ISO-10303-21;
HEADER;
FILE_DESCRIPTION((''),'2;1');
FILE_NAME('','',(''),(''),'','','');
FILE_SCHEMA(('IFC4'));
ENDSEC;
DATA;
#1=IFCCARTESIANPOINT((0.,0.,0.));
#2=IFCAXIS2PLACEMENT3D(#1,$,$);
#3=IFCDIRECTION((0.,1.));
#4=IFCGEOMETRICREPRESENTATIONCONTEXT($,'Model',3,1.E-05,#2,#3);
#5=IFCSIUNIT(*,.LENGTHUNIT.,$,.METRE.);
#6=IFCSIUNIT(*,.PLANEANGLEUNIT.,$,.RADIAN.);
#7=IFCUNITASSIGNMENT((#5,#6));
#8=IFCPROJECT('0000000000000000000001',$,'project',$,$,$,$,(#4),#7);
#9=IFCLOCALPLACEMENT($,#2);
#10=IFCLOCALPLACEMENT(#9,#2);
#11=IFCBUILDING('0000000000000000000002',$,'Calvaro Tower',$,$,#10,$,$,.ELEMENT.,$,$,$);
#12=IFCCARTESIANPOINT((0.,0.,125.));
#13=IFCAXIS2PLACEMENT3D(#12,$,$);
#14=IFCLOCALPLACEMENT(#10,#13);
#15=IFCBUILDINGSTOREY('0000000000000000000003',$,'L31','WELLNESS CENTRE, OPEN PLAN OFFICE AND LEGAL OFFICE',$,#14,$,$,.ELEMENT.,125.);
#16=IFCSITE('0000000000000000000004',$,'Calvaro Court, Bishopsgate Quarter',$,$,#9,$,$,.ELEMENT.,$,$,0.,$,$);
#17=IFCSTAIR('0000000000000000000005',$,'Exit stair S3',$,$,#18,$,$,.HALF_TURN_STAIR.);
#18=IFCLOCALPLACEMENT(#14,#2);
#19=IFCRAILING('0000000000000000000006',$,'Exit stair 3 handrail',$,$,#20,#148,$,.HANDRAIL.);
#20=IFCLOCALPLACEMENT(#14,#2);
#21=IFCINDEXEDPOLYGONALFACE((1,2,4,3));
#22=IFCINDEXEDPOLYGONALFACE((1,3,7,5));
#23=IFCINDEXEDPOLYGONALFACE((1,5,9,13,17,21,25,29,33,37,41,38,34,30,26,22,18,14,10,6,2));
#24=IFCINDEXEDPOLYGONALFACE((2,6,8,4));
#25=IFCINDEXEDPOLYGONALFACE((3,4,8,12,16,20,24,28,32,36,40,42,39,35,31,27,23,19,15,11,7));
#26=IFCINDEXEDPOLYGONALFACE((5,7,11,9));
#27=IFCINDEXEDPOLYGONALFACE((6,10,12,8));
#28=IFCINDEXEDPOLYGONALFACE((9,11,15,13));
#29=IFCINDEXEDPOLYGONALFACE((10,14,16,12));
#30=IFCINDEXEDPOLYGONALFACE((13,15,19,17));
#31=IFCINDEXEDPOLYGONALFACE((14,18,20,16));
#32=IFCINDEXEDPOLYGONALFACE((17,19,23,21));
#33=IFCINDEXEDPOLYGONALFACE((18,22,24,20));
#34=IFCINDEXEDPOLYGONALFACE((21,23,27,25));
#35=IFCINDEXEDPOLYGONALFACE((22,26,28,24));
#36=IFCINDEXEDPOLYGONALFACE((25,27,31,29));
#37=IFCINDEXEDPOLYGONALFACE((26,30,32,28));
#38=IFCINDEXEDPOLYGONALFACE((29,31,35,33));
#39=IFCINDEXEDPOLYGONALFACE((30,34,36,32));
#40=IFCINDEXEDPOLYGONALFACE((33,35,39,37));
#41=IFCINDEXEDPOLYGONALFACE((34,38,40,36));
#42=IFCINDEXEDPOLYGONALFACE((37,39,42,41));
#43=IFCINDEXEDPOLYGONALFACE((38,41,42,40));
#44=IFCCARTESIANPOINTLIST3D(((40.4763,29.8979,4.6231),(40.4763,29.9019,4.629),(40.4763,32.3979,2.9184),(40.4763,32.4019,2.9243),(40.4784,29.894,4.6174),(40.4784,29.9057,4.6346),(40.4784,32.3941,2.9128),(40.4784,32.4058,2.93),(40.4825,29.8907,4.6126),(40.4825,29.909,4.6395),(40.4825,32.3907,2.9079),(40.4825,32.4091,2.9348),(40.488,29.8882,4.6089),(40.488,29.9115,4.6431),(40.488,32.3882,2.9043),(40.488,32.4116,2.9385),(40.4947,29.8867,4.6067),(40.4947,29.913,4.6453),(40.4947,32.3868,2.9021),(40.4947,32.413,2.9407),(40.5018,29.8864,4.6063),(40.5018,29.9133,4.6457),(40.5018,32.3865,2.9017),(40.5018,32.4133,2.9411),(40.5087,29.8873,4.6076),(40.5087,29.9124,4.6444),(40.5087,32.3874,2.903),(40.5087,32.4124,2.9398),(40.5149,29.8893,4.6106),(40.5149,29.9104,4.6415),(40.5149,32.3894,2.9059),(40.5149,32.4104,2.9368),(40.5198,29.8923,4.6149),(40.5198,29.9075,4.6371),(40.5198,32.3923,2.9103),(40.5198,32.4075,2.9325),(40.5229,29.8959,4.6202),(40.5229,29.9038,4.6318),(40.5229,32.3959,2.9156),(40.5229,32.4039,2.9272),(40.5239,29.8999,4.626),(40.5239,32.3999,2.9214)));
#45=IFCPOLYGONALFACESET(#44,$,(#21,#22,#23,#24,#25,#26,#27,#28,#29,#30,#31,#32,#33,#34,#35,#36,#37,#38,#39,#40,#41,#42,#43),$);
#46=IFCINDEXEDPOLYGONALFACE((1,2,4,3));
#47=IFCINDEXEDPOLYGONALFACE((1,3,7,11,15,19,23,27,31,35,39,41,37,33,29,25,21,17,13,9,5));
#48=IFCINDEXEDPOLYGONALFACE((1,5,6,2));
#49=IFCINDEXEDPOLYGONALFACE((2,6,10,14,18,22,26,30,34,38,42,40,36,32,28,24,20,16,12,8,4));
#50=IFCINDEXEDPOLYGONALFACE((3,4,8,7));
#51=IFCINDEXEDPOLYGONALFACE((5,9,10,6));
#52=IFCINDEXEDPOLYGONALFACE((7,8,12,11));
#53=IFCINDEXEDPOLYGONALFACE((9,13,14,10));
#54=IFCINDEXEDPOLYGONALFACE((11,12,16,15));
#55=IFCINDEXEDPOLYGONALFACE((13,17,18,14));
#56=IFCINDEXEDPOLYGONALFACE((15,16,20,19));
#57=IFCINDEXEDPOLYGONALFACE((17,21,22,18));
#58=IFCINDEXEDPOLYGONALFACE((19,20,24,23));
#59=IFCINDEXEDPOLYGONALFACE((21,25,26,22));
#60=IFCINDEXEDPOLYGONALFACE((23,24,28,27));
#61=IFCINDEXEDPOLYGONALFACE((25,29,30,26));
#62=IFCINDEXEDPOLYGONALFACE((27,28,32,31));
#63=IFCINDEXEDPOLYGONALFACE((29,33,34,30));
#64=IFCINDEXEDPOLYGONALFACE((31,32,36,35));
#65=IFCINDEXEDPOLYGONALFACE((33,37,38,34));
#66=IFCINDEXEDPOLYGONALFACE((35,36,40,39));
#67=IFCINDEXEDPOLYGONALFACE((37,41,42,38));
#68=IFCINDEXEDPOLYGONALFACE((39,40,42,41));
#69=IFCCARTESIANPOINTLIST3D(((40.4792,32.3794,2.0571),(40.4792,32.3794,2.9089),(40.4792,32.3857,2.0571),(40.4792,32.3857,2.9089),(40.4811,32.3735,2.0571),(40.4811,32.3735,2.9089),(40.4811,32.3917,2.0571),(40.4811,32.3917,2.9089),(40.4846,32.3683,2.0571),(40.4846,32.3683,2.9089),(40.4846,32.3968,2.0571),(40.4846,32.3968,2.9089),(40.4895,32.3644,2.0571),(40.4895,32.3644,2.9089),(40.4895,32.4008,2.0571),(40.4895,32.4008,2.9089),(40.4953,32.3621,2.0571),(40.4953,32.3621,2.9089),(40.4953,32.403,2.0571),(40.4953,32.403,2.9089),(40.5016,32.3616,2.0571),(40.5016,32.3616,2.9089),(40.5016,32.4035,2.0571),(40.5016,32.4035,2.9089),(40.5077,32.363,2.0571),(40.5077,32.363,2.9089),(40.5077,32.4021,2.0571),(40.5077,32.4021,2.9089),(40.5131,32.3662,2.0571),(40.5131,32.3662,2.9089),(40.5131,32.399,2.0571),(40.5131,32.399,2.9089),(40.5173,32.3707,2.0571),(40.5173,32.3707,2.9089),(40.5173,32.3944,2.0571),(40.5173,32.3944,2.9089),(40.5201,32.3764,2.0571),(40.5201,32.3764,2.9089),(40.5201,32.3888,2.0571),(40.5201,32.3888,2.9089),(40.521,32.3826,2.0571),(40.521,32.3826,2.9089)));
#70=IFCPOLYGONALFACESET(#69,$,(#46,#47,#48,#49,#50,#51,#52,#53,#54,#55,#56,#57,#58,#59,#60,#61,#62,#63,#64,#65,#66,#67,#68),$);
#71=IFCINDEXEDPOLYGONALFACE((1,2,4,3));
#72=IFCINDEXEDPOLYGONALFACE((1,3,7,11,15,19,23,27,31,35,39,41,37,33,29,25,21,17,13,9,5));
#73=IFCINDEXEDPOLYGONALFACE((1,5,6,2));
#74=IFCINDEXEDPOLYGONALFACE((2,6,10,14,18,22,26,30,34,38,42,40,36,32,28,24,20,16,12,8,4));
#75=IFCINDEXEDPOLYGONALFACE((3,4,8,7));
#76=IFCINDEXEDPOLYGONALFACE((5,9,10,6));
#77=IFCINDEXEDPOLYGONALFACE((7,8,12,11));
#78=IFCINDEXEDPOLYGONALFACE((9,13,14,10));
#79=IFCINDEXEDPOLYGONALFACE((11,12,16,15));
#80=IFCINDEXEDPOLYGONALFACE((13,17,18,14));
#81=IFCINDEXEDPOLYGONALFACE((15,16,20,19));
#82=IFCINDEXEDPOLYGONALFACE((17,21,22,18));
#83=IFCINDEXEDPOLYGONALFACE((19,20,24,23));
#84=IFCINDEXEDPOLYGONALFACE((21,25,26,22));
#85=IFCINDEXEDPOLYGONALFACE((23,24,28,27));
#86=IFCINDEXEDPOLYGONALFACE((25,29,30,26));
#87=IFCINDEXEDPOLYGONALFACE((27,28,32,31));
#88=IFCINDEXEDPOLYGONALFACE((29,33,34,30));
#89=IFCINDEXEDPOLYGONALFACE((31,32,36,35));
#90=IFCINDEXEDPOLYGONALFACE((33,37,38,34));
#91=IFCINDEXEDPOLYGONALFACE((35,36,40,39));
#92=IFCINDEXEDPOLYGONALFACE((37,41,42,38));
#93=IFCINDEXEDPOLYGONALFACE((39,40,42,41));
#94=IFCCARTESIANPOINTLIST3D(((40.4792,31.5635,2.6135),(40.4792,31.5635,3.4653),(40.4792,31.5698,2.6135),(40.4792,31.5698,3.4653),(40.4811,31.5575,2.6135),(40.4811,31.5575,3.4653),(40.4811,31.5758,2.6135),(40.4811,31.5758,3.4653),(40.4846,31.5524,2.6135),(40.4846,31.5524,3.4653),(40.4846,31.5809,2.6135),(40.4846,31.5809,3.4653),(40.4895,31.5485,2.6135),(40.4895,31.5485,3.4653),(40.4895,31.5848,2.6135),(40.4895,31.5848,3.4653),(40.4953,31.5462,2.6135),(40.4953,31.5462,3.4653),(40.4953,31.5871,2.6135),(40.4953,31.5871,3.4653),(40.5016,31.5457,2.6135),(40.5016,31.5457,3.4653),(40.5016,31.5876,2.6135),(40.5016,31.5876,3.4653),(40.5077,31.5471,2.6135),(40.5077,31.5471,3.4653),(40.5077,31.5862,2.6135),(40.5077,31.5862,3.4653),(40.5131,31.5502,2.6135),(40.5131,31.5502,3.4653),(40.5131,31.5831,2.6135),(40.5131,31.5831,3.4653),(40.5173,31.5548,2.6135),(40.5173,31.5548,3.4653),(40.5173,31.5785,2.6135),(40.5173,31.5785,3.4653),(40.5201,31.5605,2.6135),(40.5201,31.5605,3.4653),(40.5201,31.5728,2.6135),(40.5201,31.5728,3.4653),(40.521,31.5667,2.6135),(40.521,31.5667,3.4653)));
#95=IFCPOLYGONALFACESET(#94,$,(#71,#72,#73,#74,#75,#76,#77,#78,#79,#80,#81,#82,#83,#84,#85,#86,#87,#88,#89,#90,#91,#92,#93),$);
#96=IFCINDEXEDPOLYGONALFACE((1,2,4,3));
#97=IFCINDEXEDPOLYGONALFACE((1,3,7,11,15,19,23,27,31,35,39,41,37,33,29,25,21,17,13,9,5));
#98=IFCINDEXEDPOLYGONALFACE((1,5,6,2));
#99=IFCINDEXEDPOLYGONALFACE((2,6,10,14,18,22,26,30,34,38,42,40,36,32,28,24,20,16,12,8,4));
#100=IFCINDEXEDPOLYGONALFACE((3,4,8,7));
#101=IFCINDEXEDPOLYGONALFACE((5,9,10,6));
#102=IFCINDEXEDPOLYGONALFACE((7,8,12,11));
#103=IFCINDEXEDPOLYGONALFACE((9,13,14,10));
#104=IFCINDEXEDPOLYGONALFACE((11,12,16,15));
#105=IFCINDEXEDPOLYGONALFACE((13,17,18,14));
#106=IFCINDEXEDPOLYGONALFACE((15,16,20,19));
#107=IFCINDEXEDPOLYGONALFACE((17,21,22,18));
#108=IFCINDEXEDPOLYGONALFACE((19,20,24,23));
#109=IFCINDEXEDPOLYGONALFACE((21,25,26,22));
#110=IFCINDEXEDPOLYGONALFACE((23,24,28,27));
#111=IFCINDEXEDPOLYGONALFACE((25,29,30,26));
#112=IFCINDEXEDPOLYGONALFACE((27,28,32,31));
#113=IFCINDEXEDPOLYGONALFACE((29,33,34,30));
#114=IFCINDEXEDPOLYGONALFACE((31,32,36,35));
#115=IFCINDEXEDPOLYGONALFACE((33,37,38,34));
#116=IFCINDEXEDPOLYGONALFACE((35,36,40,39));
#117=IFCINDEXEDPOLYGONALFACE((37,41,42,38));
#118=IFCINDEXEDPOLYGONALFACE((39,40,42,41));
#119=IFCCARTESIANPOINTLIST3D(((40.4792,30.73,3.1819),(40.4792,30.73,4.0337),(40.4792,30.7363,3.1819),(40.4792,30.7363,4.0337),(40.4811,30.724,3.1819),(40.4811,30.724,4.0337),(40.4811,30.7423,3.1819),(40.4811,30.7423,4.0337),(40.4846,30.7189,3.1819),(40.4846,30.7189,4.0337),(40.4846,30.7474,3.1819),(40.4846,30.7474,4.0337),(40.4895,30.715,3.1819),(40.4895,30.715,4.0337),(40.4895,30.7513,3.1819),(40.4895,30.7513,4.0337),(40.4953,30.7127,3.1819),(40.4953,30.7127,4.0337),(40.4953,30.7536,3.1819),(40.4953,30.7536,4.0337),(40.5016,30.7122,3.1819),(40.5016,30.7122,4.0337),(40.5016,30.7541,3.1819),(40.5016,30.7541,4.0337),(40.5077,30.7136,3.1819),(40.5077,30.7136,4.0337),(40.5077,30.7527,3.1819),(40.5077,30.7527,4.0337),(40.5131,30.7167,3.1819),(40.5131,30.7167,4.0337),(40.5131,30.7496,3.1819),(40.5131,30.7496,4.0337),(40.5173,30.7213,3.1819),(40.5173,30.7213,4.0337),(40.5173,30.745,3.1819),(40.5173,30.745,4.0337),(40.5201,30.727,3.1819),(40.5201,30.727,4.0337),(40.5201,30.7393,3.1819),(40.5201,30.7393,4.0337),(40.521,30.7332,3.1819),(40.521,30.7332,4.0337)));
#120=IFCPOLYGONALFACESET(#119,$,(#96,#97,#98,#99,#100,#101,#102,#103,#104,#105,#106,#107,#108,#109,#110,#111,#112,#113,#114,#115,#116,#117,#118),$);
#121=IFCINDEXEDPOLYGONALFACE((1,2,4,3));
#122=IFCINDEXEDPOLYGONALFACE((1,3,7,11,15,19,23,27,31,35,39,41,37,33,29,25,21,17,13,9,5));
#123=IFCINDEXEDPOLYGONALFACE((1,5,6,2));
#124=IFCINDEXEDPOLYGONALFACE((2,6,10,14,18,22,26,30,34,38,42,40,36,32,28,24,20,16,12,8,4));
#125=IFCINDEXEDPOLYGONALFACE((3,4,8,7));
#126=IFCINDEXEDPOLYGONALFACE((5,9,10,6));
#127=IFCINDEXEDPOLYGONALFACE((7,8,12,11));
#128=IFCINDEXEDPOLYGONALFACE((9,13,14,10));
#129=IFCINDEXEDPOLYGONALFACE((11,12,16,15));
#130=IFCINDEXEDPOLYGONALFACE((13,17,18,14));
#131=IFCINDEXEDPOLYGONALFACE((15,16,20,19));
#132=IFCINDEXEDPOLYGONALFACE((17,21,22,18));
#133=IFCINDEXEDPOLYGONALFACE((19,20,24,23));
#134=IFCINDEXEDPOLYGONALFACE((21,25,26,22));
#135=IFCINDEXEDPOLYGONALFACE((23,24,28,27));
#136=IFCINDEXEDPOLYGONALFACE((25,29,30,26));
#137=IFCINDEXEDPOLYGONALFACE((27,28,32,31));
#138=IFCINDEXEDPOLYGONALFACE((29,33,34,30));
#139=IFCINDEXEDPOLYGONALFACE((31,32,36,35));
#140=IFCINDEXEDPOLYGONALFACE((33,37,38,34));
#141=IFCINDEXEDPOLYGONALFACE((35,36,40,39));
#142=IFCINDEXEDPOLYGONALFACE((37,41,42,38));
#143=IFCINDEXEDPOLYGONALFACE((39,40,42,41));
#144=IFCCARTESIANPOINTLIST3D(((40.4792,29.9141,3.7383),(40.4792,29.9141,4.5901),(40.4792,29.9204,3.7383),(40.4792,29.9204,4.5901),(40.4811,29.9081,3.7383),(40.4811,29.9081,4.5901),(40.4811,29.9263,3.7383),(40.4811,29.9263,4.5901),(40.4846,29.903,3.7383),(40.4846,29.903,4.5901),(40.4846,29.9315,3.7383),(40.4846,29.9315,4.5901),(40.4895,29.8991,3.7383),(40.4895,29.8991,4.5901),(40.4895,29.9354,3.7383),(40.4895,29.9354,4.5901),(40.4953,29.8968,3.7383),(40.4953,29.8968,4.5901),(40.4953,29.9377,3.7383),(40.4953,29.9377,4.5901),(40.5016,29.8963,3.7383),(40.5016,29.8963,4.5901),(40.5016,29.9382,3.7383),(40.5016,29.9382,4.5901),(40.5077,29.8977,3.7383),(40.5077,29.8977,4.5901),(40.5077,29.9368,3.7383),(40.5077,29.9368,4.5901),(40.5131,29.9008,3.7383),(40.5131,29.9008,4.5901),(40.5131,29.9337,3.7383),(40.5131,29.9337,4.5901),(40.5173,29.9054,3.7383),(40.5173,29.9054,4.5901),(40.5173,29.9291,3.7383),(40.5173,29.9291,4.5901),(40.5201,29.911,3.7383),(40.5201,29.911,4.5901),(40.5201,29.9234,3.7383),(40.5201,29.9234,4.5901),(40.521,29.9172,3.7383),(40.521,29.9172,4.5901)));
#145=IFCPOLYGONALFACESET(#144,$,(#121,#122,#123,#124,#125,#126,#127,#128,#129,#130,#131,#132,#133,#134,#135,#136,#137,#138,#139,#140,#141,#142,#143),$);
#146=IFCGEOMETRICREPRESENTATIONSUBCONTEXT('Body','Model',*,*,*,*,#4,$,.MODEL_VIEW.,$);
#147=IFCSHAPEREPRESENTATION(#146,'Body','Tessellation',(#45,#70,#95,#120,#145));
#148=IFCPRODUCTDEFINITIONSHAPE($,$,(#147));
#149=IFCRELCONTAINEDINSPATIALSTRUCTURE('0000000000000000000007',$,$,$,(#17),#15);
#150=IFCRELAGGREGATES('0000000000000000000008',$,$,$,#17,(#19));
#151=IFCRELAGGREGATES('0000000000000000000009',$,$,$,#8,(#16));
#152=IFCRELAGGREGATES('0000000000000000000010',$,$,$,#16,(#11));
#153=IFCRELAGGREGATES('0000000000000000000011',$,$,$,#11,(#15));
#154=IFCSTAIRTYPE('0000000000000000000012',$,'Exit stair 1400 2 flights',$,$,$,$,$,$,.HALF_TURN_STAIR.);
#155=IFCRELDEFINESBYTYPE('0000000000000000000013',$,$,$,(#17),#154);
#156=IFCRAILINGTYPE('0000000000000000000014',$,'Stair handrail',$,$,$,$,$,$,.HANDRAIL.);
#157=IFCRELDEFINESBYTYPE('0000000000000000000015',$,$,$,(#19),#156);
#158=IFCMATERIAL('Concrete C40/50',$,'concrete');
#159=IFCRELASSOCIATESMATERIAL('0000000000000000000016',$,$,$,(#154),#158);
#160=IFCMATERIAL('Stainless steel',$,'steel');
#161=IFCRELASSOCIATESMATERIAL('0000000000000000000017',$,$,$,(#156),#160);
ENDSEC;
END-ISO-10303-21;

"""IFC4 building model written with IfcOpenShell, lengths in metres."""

from ifc_helpers import new_model, si_unit, direction, frame, origin, origin_2d, place, context, subcontext, project, spatial, circle, extrude, material, type_object, element, aggregate, save


model = new_model("IFC4")

# Units and contexts
model_context = context("Model", 3, precision=1e-05, world=origin(), true_north=direction((0.0, 1.0)))
body_context = subcontext(model_context, "Body", "Model", "MODEL_VIEW")
ifc_project = project(units=[si_unit("LENGTHUNIT", "METRE"), si_unit("PLANEANGLEUNIT", "RADIAN")], contexts=[model_context])

# Site, building, storey
site_placement = place(None, origin())
site = spatial("IfcSite", under=ifc_project, at=site_placement, Name="Calvaro Court, Bishopsgate Quarter", CompositionType="ELEMENT", RefElevation=0.0)
building_placement = place(site_placement, origin())
building = spatial("IfcBuilding", under=site, at=building_placement, Name="Calvaro Tower", CompositionType="ELEMENT")
storey_placement = place(building_placement, frame((0.0, 0.0, 125.0)))
storey = spatial("IfcBuildingStorey", under=building, at=storey_placement, Name="L31", Description="WELLNESS CENTRE, OPEN PLAN OFFICE AND LEGAL OFFICE", CompositionType="ELEMENT", Elevation=125.0)

# Stair
ifc_material_1 = material(Name="Concrete C40/50", Category="concrete")
stair_type = type_object("IfcStairType", Name="Exit stair 1400 2 flights", PredefinedType="HALF_TURN_STAIR", material=ifc_material_1)
stair_1_placement = place(storey_placement, origin())
stair_1 = element("IfcStair", 1, at=stair_1_placement, inside=storey, type_object=stair_type, Name="Exit stair S3", PredefinedType="HALF_TURN_STAIR")

# Railing
ifc_material_2 = material(Name="Stainless steel", Category="steel")
railing_type = type_object("IfcRailingType", Name="Stair handrail", PredefinedType="HANDRAIL", material=ifc_material_2)
railing_1_placement = place(storey_placement, frame((40.5, 32.3999, 2.0454)))
railing_1 = element("IfcRailing", 2, at=railing_1_placement, type_object=railing_type, Name="Exit stair 3 handrail", PredefinedType="HANDRAIL", context=body_context, shape_type="SweptSolid", body=[
    extrude(circle(Radius=0.0239, at=origin_2d()), frame((0.0, 0.0, 0.876), z_axis=(0.0, -0.826221, 0.563347), x_axis=(1.0, 0.0, 0.0)), (0.0, 0.0, 1.0), 3.0259),
    extrude(circle(Radius=0.021, at=origin_2d()), frame((0.0, -0.0173, 0.0117)), (0.0, 0.0, 1.0), 0.8518),
    extrude(circle(Radius=0.021, at=origin_2d()), frame((0.0, -0.8333, 0.5681)), (0.0, 0.0, 1.0), 0.8518),
    extrude(circle(Radius=0.021, at=origin_2d()), frame((0.0, -1.6667, 1.1365)), (0.0, 0.0, 1.0), 0.8518),
    extrude(circle(Radius=0.021, at=origin_2d()), frame((0.0, -2.4827, 1.6929)), (0.0, 0.0, 1.0), 0.8518),
])
aggregate(stair_1, [railing_1])

save(model, "model.ifc")
